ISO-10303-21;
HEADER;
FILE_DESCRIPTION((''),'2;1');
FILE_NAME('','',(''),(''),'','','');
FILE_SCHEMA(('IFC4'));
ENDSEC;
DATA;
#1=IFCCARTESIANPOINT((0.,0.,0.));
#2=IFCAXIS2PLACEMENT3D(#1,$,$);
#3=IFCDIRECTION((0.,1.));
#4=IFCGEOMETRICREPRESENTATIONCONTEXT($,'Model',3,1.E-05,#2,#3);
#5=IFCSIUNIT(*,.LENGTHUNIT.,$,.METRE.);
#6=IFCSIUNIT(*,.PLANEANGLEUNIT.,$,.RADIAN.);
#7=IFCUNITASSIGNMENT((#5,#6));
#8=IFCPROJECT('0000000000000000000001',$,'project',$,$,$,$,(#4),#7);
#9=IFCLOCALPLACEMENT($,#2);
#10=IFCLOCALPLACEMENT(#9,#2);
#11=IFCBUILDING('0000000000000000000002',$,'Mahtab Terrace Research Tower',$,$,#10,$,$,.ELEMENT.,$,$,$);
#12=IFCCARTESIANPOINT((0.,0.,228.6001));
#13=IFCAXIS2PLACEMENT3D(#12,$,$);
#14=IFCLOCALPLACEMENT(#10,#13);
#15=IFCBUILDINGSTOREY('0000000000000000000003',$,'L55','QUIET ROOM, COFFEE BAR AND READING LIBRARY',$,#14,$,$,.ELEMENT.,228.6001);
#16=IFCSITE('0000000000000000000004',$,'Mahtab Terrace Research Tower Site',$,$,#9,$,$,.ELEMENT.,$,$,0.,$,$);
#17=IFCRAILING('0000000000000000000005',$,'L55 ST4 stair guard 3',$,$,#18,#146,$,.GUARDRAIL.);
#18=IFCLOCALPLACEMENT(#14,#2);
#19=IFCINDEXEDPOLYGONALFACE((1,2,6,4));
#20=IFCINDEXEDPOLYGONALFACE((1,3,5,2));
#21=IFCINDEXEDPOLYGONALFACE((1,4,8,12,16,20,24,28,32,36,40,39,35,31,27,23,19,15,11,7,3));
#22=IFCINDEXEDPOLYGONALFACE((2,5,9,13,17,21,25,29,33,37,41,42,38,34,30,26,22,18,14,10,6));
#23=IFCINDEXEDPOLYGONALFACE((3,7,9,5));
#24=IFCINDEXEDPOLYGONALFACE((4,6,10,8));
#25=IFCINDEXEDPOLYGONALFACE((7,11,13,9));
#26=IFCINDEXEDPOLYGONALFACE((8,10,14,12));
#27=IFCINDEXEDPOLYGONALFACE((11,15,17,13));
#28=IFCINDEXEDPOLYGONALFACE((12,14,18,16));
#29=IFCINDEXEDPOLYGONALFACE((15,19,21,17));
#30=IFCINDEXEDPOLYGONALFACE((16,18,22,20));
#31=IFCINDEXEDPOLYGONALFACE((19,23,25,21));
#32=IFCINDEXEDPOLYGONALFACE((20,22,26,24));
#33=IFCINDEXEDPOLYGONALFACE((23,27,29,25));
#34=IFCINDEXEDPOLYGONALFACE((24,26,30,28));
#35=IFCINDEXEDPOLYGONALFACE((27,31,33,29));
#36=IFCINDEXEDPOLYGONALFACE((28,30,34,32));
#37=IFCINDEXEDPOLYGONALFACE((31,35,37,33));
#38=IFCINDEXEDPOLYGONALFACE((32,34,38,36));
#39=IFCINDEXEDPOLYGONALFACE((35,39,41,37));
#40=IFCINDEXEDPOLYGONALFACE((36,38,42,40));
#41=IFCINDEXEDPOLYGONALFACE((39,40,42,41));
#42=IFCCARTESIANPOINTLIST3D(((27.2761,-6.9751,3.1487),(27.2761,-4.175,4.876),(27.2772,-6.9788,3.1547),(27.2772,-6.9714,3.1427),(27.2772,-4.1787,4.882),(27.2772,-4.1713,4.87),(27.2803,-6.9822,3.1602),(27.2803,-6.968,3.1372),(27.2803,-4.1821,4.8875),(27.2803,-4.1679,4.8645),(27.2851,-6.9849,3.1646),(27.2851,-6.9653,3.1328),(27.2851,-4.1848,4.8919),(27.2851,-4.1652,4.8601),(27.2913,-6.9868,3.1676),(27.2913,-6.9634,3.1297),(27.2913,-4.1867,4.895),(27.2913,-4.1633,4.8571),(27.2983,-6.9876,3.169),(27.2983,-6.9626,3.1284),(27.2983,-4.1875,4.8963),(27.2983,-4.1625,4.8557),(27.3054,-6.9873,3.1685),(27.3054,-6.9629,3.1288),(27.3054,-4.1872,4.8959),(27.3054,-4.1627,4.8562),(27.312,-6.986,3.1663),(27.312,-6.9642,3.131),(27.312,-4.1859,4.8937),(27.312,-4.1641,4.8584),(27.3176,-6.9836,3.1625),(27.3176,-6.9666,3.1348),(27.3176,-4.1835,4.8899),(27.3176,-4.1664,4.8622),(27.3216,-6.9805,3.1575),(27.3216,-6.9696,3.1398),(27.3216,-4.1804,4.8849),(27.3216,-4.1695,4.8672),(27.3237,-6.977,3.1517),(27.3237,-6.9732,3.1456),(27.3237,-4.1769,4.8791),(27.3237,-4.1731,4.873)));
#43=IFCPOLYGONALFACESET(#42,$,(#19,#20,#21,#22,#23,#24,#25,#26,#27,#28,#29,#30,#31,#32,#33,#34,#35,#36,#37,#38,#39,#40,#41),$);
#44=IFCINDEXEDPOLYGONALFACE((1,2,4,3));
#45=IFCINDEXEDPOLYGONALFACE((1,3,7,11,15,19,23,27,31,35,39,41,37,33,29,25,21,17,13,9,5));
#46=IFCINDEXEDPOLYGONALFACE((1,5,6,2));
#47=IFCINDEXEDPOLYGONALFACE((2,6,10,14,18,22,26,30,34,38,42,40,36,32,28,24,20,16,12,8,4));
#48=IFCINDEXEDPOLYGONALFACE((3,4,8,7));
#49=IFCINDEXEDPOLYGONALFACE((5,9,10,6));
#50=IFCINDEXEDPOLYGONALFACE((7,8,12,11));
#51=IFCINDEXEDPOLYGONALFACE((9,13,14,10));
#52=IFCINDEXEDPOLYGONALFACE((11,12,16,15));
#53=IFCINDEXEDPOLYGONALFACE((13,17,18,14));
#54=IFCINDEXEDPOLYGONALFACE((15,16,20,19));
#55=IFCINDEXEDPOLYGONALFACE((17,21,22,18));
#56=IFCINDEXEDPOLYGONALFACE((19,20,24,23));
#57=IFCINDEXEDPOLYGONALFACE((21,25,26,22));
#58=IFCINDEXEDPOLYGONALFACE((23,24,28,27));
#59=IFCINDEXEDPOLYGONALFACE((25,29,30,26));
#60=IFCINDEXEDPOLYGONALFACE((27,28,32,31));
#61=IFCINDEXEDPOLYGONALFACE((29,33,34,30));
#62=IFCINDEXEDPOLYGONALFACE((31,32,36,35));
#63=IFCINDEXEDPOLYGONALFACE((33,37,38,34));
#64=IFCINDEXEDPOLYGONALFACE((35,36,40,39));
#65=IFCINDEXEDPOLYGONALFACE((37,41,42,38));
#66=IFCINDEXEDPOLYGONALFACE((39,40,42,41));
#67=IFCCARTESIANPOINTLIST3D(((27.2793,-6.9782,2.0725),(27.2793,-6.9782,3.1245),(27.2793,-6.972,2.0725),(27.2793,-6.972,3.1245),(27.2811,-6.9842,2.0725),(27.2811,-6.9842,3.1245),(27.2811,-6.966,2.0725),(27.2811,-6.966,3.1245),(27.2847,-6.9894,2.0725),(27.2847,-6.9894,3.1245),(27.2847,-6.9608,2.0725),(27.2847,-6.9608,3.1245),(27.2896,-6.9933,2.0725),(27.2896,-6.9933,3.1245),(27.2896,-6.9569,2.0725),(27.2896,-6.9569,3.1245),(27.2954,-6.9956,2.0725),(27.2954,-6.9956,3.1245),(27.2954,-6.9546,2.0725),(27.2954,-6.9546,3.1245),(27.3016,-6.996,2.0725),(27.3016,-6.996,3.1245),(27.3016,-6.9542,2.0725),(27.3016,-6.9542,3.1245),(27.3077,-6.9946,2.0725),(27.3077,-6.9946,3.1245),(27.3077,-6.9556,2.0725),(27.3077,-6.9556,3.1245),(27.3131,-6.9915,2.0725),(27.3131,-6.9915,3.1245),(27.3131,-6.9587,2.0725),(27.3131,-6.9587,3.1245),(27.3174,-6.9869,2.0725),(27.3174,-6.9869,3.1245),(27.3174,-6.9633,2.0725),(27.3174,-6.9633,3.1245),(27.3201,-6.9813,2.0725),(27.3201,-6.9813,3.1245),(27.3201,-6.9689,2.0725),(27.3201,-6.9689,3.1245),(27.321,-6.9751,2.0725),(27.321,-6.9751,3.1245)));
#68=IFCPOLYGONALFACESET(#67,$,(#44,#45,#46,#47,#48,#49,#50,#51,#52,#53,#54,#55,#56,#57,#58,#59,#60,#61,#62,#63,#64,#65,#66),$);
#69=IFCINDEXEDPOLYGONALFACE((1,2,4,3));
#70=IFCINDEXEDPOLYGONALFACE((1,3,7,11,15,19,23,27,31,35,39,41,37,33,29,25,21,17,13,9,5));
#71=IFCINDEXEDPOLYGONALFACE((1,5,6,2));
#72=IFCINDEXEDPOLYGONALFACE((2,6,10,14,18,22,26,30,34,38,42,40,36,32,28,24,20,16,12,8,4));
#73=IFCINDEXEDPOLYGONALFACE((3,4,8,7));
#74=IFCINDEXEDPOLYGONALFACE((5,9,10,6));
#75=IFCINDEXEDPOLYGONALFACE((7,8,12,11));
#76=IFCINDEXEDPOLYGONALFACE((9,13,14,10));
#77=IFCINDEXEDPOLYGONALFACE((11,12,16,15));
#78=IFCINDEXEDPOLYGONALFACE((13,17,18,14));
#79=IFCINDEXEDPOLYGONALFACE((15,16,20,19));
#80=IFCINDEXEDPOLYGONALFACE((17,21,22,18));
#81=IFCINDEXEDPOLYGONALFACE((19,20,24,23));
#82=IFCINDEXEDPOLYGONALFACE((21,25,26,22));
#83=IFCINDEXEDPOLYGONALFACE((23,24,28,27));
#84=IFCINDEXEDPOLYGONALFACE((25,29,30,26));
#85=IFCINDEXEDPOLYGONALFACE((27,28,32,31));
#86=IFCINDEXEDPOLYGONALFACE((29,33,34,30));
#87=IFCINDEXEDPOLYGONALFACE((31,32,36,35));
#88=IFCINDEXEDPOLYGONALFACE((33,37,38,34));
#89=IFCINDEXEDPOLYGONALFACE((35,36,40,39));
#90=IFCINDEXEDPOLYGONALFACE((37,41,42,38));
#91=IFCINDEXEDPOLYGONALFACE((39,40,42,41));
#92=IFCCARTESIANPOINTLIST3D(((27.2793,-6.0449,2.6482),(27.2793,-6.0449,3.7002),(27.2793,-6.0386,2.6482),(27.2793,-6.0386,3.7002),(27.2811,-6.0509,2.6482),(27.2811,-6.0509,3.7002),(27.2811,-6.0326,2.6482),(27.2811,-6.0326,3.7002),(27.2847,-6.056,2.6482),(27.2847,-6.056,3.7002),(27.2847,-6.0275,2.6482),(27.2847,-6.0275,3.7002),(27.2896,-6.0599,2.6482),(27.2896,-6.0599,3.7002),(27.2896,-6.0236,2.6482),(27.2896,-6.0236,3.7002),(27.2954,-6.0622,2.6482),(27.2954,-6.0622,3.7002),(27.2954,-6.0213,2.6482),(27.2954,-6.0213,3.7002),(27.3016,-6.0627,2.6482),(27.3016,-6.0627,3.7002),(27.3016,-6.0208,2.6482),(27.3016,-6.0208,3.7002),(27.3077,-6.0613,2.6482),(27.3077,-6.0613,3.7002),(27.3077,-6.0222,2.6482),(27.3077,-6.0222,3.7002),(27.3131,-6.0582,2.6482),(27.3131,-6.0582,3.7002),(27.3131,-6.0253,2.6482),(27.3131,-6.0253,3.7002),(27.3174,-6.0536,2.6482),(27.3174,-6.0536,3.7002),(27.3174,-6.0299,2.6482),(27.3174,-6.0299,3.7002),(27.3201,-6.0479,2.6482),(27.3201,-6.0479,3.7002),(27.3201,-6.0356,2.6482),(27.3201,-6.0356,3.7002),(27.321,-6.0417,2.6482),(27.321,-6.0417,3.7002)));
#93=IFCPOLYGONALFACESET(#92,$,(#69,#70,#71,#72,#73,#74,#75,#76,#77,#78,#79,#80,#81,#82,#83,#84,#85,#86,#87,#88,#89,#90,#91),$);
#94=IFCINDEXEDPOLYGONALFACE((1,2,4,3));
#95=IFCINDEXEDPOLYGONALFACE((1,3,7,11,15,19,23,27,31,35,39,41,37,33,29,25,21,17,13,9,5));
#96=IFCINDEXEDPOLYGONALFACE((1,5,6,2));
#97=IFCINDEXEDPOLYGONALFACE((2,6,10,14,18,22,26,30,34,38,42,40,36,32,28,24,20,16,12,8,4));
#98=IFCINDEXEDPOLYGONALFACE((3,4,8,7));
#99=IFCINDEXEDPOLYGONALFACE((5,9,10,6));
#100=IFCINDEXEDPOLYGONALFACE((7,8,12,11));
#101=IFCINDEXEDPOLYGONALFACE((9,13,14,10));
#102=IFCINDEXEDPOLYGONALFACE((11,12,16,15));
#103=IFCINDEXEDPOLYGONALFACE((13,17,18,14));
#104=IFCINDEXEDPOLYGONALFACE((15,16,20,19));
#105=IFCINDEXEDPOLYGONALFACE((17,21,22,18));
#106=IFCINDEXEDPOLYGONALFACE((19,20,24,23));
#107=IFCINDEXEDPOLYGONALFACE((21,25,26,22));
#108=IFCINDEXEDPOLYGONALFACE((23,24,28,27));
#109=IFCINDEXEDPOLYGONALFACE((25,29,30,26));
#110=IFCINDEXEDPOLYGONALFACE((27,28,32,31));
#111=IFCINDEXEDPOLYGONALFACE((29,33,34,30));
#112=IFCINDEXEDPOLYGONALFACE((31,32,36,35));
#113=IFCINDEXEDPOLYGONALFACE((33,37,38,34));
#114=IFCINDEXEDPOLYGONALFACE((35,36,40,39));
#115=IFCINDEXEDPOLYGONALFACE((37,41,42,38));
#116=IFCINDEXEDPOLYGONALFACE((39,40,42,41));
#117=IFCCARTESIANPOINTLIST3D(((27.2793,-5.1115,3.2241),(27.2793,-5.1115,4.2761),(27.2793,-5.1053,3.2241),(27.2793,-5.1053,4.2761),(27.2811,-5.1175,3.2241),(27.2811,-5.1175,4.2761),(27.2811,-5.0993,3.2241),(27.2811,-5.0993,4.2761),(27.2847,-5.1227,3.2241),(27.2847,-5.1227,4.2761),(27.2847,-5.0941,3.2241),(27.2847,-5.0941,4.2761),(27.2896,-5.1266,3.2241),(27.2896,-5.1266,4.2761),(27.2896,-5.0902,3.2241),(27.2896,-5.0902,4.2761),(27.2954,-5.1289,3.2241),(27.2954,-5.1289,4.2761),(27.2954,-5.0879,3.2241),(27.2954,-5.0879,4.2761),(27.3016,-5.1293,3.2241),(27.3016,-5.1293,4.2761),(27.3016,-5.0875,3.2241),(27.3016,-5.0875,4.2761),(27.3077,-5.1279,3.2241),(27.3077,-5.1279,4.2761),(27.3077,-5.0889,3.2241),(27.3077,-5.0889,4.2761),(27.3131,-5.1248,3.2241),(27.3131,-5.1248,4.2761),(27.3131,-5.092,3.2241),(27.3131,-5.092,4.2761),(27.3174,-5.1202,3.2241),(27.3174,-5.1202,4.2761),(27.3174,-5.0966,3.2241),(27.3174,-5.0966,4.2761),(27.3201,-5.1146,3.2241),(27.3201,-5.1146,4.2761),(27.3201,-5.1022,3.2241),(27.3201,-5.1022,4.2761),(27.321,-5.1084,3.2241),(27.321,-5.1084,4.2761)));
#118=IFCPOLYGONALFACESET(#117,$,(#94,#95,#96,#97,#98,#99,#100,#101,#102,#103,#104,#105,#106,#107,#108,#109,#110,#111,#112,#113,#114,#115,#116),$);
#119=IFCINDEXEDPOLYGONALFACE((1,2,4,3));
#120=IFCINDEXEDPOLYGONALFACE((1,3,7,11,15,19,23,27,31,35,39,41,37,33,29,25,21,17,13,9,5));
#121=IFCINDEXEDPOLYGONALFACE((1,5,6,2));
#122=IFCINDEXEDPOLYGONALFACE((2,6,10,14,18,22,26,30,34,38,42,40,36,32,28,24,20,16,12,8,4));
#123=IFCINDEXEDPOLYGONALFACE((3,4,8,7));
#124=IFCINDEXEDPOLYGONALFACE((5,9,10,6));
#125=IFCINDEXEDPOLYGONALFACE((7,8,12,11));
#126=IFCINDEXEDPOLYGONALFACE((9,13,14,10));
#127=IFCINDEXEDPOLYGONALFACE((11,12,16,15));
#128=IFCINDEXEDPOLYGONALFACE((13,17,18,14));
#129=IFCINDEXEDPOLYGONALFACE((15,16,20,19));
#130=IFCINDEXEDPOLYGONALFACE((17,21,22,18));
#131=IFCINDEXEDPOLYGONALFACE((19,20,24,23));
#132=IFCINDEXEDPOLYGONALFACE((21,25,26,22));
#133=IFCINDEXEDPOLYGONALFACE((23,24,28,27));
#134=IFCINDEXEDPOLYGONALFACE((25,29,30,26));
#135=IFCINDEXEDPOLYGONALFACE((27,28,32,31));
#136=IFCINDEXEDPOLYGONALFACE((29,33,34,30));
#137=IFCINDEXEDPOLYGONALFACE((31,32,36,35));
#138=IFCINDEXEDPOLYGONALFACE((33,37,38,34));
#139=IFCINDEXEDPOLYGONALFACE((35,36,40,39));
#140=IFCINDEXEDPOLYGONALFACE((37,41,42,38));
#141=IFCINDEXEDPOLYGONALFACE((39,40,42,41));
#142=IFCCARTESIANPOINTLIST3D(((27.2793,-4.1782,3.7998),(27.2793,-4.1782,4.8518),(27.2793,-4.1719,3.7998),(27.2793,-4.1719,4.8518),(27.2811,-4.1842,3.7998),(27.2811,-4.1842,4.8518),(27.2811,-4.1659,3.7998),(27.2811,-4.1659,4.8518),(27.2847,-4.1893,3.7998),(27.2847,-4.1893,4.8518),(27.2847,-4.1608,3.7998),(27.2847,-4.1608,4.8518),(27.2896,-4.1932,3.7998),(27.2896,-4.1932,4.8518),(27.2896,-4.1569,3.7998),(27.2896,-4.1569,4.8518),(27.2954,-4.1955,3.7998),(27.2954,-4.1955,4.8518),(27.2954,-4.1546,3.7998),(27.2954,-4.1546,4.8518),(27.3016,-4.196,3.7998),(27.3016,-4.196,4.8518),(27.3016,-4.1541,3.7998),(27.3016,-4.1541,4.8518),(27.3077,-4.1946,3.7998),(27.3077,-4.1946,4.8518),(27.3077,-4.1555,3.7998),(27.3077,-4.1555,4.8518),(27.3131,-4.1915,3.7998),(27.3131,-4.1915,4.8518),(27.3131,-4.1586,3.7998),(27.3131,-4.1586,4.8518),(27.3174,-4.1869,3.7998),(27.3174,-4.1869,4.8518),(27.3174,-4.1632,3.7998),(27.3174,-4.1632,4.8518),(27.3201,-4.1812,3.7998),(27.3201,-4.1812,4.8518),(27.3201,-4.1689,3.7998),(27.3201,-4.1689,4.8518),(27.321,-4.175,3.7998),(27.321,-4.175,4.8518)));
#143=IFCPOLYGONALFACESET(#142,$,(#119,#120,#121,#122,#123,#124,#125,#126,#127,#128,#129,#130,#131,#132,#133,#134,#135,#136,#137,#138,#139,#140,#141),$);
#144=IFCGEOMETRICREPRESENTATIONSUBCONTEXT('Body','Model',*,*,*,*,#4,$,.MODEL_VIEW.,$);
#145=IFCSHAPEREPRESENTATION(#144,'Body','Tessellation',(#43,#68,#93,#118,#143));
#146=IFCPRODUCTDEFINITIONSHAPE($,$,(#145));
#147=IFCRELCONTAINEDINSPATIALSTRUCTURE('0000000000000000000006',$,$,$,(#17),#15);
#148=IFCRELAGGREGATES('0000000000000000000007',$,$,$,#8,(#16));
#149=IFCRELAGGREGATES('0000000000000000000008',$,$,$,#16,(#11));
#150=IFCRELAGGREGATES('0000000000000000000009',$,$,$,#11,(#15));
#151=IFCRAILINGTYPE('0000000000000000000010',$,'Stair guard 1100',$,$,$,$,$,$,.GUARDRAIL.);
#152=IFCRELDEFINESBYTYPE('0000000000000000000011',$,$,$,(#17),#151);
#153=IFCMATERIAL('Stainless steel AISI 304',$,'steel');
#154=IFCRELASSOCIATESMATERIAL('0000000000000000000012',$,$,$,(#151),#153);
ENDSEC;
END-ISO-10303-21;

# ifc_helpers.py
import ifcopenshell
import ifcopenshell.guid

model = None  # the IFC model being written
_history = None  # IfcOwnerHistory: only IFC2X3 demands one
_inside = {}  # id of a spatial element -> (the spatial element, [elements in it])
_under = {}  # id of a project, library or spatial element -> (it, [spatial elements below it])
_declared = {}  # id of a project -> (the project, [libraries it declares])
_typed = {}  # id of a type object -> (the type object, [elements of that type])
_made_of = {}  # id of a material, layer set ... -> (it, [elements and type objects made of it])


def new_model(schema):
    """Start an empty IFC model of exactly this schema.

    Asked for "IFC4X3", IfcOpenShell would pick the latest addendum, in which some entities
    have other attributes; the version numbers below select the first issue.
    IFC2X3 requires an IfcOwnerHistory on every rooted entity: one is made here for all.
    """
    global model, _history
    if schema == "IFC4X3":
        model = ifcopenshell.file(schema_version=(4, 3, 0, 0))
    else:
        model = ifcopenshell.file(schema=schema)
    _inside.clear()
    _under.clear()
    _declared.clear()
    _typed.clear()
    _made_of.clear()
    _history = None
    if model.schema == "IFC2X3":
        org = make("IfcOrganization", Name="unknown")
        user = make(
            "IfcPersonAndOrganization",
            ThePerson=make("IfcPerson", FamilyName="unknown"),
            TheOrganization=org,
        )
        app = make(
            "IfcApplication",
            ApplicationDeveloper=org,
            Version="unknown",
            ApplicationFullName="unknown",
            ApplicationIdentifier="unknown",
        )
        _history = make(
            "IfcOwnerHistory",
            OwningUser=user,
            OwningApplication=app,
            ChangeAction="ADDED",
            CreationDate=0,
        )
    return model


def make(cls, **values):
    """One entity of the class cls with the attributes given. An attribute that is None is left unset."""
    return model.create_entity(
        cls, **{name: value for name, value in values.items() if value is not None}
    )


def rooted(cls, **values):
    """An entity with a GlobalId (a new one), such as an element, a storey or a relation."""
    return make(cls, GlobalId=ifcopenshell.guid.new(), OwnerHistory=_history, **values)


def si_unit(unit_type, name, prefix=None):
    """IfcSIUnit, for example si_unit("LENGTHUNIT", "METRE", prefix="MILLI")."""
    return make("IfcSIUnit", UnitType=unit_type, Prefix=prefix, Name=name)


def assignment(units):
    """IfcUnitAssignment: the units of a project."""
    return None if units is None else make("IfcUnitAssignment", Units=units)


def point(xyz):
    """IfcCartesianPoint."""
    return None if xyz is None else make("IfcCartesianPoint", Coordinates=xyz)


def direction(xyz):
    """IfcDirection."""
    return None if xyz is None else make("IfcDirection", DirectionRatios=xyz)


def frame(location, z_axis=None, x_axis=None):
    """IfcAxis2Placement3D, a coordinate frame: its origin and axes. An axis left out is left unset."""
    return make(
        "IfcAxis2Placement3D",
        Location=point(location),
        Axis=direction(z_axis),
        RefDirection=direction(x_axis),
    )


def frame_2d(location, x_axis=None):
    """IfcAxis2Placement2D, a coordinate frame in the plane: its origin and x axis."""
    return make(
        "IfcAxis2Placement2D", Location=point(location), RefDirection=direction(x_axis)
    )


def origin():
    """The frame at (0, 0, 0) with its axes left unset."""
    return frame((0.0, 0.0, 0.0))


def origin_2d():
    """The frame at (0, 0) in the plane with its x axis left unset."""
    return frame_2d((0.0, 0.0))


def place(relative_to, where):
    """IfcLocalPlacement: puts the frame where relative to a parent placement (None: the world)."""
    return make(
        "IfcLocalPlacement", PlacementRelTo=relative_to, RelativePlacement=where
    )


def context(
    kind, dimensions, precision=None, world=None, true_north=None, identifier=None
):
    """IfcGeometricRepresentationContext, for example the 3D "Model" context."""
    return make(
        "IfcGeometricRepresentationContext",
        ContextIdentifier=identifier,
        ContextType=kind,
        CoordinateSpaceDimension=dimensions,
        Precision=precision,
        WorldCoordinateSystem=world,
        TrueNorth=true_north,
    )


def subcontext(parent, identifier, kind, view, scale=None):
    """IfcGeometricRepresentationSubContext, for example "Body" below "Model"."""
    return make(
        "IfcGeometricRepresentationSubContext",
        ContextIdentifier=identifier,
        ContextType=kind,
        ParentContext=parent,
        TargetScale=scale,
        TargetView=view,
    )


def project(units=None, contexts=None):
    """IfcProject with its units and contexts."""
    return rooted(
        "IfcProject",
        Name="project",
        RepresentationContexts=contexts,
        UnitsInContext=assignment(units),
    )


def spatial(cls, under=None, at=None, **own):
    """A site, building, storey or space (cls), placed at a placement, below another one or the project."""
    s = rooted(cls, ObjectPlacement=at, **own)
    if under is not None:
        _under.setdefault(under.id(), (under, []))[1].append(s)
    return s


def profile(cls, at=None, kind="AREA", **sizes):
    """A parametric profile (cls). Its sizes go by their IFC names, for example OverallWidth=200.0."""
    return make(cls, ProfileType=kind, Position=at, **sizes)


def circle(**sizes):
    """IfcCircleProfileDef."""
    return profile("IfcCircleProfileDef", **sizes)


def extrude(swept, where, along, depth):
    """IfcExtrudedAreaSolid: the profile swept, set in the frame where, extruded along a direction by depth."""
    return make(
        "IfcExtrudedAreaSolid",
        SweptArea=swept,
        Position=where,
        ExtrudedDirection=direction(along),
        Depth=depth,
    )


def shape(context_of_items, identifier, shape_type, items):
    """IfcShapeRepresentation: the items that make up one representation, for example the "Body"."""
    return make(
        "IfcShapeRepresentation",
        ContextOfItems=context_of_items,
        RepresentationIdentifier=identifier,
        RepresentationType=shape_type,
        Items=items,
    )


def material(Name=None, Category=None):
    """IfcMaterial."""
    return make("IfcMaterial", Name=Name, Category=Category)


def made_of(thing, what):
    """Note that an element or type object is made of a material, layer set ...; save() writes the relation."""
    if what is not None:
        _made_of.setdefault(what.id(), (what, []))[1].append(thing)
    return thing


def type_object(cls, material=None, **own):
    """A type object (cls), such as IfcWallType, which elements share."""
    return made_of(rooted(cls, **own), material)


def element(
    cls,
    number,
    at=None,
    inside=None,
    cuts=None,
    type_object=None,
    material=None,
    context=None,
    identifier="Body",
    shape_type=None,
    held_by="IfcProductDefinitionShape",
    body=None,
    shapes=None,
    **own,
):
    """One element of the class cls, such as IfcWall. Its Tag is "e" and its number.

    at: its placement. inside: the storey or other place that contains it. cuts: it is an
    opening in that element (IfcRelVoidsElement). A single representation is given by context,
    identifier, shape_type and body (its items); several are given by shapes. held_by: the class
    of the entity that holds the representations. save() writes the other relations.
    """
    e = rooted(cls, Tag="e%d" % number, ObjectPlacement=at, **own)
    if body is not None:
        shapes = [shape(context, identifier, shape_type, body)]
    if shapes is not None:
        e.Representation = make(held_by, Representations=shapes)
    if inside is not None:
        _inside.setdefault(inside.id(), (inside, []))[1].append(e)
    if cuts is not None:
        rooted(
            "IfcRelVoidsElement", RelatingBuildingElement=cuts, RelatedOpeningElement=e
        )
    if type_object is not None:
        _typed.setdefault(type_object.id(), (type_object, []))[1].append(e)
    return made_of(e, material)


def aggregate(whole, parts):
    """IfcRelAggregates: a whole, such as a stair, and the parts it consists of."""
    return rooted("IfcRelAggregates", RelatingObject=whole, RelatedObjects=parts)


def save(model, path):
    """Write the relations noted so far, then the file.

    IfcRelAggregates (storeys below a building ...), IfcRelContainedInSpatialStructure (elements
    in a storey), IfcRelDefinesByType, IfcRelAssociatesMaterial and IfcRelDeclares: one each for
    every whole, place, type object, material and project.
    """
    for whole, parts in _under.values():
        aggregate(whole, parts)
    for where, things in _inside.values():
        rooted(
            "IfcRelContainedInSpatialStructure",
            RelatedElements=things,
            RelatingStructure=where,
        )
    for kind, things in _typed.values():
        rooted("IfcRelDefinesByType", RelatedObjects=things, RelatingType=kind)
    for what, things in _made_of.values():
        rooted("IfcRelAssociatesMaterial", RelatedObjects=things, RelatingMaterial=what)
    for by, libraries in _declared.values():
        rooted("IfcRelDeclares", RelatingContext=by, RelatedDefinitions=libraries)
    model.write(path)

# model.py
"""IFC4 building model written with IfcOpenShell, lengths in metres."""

from ifc_helpers import new_model, si_unit, direction, frame, origin, origin_2d, place, context, subcontext, project, spatial, circle, extrude, material, type_object, element, save


model = new_model("IFC4")

# Units and contexts
model_context = context("Model", 3, precision=1e-05, world=origin(), true_north=direction((0.0, 1.0)))
body_context = subcontext(model_context, "Body", "Model", "MODEL_VIEW")
ifc_project = project(units=[si_unit("LENGTHUNIT", "METRE"), si_unit("PLANEANGLEUNIT", "RADIAN")], contexts=[model_context])

# Site, building, storey
site_placement = place(None, origin())
site = spatial("IfcSite", under=ifc_project, at=site_placement, Name="Mahtab Terrace Research Tower Site", CompositionType="ELEMENT", RefElevation=0.0)
building_placement = place(site_placement, origin())
building = spatial("IfcBuilding", under=site, at=building_placement, Name="Mahtab Terrace Research Tower", CompositionType="ELEMENT")
storey_placement = place(building_placement, frame((0.0, 0.0, 228.6001)))
storey = spatial("IfcBuildingStorey", under=building, at=storey_placement, Name="L55", Description="QUIET ROOM, COFFEE BAR AND READING LIBRARY", CompositionType="ELEMENT", Elevation=228.6001)

# Railing
ifc_material_1 = material(Name="Stainless steel AISI 304", Category="steel")
railing_type_1 = type_object("IfcRailingType", Name="Stair guard 1100", PredefinedType="GUARDRAIL", material=ifc_material_1)
railing_1_placement = place(storey_placement, frame((27.3, -6.9751, 2.0725)))
element("IfcRailing", 1, at=railing_1_placement, inside=storey, type_object=railing_type_1, Name="L55 ST4 stair guard 3", PredefinedType="GUARDRAIL", context=body_context, shape_type="SweptSolid", body=[
    extrude(circle(Radius=0.0239, at=origin_2d()), frame((0.0, 0.0, 1.0762), z_axis=(0.0, 0.85109, 0.52502), x_axis=(-1.0, 0.0, 0.0)), (0.0, 0.0, 1.0), 3.29),
    extrude(circle(Radius=0.021, at=origin_2d()), origin(), (0.0, 0.0, 1.0), 1.052),
    extrude(circle(Radius=0.021, at=origin_2d()), frame((0.0, 0.9333, 0.5757)), (0.0, 0.0, 1.0), 1.052),
    extrude(circle(Radius=0.021, at=origin_2d()), frame((0.0, 1.8667, 1.1516)), (0.0, 0.0, 1.0), 1.052),
    extrude(circle(Radius=0.021, at=origin_2d()), frame((0.0, 2.8, 1.7273)), (0.0, 0.0, 1.0), 1.052),
])

save(model, "model.ifc")
